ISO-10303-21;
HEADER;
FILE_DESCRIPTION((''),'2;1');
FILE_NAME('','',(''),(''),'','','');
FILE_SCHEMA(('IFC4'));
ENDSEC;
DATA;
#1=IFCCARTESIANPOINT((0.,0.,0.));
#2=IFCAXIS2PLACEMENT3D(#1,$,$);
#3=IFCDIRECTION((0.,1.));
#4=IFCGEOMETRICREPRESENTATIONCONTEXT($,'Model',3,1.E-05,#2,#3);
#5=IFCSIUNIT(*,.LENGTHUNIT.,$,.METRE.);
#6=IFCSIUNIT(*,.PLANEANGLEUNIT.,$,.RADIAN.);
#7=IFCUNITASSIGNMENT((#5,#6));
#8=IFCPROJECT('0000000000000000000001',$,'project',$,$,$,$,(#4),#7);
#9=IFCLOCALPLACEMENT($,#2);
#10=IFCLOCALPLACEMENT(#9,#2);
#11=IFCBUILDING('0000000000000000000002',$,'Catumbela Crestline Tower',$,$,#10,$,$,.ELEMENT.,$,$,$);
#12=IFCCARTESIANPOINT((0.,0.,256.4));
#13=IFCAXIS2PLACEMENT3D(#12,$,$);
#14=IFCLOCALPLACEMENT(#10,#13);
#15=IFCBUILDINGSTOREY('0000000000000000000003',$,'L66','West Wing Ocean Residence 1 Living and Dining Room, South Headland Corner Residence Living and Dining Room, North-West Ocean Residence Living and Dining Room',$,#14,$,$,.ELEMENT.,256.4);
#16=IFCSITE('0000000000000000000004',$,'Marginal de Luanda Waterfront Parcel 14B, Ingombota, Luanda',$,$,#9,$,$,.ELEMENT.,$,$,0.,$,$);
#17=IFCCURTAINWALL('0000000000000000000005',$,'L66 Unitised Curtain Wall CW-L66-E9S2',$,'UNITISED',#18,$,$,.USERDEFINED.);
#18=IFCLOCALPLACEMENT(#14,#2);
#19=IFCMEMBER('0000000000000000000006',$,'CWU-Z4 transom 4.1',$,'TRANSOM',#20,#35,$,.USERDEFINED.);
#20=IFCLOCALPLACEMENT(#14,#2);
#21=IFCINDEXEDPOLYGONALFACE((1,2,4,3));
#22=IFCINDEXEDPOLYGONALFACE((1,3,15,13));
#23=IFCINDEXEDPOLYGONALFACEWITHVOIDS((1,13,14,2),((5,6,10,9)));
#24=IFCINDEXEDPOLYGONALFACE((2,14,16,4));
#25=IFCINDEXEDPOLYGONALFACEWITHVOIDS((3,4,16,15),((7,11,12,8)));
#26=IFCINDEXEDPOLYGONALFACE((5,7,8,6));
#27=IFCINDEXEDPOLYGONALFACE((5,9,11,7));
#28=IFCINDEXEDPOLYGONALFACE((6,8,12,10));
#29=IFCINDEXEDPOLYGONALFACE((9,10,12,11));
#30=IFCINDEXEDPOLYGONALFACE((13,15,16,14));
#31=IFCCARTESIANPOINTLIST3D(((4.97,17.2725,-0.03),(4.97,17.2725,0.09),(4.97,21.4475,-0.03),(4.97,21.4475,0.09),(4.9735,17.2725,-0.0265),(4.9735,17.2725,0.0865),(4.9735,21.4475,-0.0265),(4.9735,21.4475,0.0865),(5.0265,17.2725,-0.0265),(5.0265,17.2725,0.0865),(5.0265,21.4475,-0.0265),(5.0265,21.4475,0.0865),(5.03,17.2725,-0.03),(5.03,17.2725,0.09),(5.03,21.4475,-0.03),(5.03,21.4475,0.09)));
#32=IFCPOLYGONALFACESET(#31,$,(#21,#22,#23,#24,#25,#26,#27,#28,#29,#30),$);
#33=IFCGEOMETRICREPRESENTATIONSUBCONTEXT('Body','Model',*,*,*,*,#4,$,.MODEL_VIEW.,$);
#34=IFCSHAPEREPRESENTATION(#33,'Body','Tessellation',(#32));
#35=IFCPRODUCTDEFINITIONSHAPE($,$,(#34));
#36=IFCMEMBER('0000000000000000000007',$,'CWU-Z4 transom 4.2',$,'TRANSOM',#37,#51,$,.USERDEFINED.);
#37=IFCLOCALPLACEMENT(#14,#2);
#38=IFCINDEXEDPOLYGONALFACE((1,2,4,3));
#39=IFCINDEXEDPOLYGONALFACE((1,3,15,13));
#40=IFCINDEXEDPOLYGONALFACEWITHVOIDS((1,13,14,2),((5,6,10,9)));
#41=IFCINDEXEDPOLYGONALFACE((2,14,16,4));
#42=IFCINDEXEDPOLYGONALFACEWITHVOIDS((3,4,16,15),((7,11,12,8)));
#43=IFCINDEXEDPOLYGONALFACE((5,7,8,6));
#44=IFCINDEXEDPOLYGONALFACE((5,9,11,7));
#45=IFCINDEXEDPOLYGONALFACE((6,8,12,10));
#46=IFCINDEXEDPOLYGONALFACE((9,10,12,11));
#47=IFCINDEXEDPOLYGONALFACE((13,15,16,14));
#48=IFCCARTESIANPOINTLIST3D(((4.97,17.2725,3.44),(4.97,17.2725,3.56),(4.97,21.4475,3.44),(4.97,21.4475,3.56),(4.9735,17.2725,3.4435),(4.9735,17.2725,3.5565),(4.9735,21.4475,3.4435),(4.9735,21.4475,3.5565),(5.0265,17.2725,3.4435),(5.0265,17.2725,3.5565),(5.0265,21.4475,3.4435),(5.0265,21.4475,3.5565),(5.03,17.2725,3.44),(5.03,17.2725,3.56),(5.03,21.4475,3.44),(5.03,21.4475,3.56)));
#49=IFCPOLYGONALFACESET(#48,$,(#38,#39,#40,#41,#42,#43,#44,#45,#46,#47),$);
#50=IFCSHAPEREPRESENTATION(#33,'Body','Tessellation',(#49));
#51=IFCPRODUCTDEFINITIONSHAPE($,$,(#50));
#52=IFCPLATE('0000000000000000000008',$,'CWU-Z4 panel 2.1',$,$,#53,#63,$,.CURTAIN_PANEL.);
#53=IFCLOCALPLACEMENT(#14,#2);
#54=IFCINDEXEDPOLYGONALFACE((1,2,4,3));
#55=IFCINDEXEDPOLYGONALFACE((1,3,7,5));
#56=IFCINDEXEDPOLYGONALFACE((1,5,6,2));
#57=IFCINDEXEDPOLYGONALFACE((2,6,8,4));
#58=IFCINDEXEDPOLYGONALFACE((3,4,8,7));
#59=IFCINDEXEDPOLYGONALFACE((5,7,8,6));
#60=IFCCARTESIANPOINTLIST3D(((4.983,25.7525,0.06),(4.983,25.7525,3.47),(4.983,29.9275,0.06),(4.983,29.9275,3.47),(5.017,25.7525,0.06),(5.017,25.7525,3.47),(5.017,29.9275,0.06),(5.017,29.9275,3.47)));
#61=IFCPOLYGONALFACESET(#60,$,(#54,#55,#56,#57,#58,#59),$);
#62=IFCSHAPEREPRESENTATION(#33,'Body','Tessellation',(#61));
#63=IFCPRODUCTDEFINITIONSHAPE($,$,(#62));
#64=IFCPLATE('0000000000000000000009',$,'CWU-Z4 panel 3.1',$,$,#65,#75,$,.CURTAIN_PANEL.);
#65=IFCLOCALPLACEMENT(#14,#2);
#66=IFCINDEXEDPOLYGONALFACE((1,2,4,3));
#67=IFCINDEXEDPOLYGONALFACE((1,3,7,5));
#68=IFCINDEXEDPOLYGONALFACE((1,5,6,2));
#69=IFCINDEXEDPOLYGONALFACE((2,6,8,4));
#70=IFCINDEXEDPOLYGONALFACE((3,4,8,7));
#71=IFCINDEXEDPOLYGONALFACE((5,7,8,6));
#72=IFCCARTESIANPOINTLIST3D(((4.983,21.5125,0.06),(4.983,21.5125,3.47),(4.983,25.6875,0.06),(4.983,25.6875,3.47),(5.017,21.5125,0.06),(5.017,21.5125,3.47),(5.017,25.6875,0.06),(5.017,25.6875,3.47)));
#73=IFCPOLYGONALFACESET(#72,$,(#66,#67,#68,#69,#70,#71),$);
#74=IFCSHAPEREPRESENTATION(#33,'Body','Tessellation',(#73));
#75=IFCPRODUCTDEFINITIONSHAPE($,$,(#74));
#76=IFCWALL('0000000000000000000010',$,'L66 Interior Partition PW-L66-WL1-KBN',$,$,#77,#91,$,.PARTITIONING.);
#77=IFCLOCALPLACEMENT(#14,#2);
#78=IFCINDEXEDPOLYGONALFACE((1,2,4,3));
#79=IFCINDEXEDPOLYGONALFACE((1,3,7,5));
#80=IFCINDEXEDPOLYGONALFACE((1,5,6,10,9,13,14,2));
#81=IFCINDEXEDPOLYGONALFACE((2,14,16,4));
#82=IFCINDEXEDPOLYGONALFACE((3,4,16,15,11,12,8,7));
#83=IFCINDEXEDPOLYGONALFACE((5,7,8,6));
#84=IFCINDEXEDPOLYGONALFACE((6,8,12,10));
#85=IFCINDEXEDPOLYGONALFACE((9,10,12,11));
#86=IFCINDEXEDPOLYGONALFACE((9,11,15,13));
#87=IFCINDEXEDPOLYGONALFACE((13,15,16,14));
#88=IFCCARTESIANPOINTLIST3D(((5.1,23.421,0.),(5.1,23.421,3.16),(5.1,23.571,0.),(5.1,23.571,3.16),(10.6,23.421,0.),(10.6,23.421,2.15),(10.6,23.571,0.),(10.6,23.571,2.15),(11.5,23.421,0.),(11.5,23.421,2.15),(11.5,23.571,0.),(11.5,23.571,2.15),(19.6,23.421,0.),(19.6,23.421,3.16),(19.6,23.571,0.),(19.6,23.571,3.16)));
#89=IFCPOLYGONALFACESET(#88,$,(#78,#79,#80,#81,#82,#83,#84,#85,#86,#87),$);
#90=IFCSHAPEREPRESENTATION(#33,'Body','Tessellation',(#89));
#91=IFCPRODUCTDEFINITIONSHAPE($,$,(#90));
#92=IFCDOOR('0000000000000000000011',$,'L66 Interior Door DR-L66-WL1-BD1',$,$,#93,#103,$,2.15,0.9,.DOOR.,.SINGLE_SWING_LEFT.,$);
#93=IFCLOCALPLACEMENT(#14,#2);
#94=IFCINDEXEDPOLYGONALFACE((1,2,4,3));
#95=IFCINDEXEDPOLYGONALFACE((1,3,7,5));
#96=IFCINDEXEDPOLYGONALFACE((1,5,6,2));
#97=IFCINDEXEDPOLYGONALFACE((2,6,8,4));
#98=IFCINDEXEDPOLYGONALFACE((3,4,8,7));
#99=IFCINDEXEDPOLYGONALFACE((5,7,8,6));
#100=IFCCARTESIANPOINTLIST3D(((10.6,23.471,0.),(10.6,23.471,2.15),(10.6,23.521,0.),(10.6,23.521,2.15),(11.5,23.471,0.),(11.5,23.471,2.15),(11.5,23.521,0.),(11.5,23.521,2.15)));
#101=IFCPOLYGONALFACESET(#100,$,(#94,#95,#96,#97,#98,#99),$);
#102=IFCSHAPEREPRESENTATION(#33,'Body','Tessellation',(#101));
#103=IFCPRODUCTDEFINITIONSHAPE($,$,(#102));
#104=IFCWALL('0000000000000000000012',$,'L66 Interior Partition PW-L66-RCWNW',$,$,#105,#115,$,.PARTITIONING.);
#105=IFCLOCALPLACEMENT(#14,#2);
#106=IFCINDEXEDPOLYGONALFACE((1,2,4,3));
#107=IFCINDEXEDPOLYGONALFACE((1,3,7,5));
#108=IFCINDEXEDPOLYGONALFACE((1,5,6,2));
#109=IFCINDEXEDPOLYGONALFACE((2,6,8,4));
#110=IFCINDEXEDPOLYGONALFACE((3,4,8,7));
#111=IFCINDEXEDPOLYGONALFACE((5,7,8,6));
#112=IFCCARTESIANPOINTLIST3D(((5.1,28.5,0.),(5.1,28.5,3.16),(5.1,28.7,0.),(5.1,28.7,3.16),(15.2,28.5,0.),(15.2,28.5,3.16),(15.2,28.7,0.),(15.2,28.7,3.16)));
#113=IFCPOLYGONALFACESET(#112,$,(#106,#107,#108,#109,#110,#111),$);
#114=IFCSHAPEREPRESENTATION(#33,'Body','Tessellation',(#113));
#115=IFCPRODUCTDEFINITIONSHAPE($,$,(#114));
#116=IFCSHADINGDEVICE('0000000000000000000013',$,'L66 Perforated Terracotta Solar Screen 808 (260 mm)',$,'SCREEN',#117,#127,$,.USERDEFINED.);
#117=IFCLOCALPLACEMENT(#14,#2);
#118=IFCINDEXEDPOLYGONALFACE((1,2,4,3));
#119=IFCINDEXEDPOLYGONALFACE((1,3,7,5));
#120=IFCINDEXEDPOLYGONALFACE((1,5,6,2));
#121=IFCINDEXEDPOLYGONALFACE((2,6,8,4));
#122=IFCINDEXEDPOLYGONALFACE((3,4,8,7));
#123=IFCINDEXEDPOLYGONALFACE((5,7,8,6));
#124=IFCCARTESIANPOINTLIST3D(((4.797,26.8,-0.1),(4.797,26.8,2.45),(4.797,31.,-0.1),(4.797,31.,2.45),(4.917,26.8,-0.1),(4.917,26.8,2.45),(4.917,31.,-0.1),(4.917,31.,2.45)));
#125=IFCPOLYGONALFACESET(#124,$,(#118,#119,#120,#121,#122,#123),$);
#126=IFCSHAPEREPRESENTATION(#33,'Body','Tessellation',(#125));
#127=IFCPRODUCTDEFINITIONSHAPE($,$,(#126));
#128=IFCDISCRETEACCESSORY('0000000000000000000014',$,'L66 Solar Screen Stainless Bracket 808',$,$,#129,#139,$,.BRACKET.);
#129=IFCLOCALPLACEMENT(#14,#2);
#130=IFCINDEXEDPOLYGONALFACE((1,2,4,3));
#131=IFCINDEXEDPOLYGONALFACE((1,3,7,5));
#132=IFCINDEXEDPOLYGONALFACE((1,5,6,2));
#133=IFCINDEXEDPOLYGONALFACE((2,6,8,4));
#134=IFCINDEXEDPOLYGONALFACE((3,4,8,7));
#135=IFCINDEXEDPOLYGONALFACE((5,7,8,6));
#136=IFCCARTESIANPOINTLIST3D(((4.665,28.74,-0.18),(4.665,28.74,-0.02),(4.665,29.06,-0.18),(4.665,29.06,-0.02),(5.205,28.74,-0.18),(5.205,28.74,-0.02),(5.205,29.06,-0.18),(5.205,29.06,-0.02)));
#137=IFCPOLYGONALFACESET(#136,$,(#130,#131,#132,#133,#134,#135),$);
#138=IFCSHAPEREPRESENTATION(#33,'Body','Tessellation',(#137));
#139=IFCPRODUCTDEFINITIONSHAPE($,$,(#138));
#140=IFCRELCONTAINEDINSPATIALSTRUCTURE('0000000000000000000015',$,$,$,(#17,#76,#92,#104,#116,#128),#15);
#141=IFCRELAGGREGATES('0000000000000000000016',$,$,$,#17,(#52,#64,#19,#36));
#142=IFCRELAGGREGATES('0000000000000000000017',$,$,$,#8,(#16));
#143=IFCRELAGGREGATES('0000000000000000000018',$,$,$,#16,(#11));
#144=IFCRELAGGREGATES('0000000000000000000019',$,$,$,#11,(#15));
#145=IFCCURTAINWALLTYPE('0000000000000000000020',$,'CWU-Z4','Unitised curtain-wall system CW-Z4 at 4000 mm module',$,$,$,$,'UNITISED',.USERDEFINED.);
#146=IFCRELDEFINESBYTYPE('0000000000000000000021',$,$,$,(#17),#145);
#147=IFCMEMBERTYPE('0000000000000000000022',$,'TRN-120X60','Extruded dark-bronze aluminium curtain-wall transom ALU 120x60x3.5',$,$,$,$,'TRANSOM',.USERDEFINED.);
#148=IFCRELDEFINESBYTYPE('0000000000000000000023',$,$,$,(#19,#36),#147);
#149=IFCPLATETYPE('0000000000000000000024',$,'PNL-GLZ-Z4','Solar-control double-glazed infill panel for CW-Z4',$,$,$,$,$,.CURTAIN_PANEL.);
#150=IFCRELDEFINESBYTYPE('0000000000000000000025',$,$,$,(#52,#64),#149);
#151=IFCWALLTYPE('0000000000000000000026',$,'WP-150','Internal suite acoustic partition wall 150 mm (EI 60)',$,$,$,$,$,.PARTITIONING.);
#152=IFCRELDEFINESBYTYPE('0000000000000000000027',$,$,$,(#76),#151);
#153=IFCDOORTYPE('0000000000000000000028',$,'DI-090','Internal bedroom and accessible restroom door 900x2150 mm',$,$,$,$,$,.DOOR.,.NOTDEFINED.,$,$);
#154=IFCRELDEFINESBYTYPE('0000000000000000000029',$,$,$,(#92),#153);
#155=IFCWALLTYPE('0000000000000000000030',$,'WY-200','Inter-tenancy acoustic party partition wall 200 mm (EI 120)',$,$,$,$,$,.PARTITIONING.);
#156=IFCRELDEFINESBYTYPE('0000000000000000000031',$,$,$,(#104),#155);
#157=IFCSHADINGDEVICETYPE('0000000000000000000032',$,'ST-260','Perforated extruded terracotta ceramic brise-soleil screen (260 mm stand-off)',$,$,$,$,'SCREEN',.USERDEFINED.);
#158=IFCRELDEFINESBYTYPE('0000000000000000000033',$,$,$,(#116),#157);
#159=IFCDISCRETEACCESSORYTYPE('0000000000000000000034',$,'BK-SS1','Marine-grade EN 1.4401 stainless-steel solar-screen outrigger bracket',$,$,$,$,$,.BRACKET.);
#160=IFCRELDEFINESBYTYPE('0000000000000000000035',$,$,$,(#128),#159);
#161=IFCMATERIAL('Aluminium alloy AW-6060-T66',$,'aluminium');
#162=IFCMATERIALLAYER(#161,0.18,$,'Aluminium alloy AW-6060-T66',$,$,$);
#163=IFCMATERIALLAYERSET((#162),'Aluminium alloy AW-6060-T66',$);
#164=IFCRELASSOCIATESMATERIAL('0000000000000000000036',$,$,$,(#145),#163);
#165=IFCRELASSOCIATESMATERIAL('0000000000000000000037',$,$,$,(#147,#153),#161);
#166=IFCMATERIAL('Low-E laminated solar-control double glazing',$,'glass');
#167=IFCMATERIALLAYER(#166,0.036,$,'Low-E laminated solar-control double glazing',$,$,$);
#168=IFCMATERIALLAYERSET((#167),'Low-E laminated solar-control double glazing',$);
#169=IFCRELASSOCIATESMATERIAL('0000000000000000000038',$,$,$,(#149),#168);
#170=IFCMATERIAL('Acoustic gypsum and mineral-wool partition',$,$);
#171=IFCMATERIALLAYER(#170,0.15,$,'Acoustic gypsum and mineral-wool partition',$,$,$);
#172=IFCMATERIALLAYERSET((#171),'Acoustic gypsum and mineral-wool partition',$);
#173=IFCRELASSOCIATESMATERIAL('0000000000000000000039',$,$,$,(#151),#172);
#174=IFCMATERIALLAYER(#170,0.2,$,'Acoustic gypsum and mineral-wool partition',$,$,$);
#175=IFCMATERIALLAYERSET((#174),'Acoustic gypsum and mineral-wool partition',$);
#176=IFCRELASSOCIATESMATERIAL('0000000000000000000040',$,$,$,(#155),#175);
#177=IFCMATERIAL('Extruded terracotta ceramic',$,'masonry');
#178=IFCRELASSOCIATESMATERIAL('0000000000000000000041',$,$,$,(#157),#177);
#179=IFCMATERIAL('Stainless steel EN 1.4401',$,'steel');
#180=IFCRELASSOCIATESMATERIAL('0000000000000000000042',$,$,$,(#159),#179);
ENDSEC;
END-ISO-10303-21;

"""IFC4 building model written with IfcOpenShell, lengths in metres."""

from ifc_helpers import new_model, si_unit, direction, frame, frame_2d, origin, origin_2d, place, context, subcontext, project, spatial, rectangle, hollow_rectangle, extrude, material, layer, layer_set, material_profile, profile_set, type_object, element, fill, aggregate, save


model = new_model("IFC4")

# Units and contexts
model_context = context("Model", 3, precision=1e-05, world=origin(), true_north=direction((0.0, 1.0)))
body_context = subcontext(model_context, "Body", "Model", "MODEL_VIEW")
ifc_project = project(units=[si_unit("LENGTHUNIT", "METRE"), si_unit("PLANEANGLEUNIT", "RADIAN")], contexts=[model_context])

# Site, building, storey
site_placement = place(None, origin())
site = spatial("IfcSite", under=ifc_project, at=site_placement, Name="Marginal de Luanda Waterfront Parcel 14B, Ingombota, Luanda", CompositionType="ELEMENT", RefElevation=0.0)
building_placement = place(site_placement, origin())
building = spatial("IfcBuilding", under=site, at=building_placement, Name="Catumbela Crestline Tower", CompositionType="ELEMENT")
storey_placement = place(building_placement, frame((0.0, 0.0, 256.4)))
storey = spatial("IfcBuildingStorey", under=building, at=storey_placement, Name="L66", Description="West Wing Ocean Residence 1 Living and Dining Room, South Headland Corner Residence Living and Dining Room, North-West Ocean Residence Living and Dining Room", CompositionType="ELEMENT", Elevation=256.4)

# Curtain wall
ifc_material_1 = material(Name="Aluminium alloy AW-6060-T66", Category="aluminium")
ifc_layer_1 = layer(ifc_material_1, 0.18, Name="Aluminium alloy AW-6060-T66")
ifc_layer_set_1 = layer_set([ifc_layer_1], Name="Aluminium alloy AW-6060-T66")
curtain_wall_type = type_object("IfcCurtainWallType", Name="CWU-Z4", Description="Unitised curtain-wall system CW-Z4 at 4000 mm module", ElementType="UNITISED", PredefinedType="USERDEFINED", material=ifc_layer_set_1)
curtain_wall_placement = place(storey_placement, origin())
curtain_wall = element("IfcCurtainWall", 1, at=curtain_wall_placement, inside=storey, type_object=curtain_wall_type, Name="L66 Unitised Curtain Wall CW-L66-E9S2", ObjectType="UNITISED", PredefinedType="USERDEFINED")

# Members
ifc_material_profile_1 = material_profile(ifc_material_1, hollow_rectangle(XDim=0.06, YDim=0.12, WallThickness=0.0035, at=origin_2d()), Name="ALU 120x60x3.5")
ifc_profile_set_1 = profile_set([ifc_material_profile_1], Name="Aluminium alloy AW-6060-T66")
member_type_1 = type_object("IfcMemberType", Name="TRN-120X60", Description="Extruded dark-bronze aluminium curtain-wall transom ALU 120x60x3.5", ElementType="TRANSOM", PredefinedType="USERDEFINED", material=ifc_profile_set_1)
member_1_placement = place(storey_placement, frame((5.0, 21.4475, 0.03), z_axis=(0.0, -1.0, 0.0), x_axis=(1.0, 0.0, 0.0)))
member_1 = element("IfcMember", 2, at=member_1_placement, type_object=member_type_1, Name="CWU-Z4 transom 4.1", ObjectType="TRANSOM", PredefinedType="USERDEFINED", context=body_context, shape_type="SweptSolid", body=[
    extrude(hollow_rectangle(XDim=0.06, YDim=0.12, WallThickness=0.0035, at=origin_2d()), origin(), (0.0, 0.0, 1.0), 4.175),
])
member_2_placement = place(storey_placement, frame((5.0, 21.4475, 3.5), z_axis=(0.0, -1.0, 0.0), x_axis=(1.0, 0.0, 0.0)))
member_2 = element("IfcMember", 3, at=member_2_placement, type_object=member_type_1, Name="CWU-Z4 transom 4.2", ObjectType="TRANSOM", PredefinedType="USERDEFINED", context=body_context, shape_type="SweptSolid", body=[
    extrude(hollow_rectangle(XDim=0.06, YDim=0.12, WallThickness=0.0035, at=origin_2d()), origin(), (0.0, 0.0, 1.0), 4.175),
])

# Plates
ifc_material_2 = material(Name="Low-E laminated solar-control double glazing", Category="glass")
ifc_layer_2 = layer(ifc_material_2, 0.036, Name="Low-E laminated solar-control double glazing")
ifc_layer_set_2 = layer_set([ifc_layer_2], Name="Low-E laminated solar-control double glazing")
plate_type = type_object("IfcPlateType", Name="PNL-GLZ-Z4", Description="Solar-control double-glazed infill panel for CW-Z4", PredefinedType="CURTAIN_PANEL", material=ifc_layer_set_2)
plate_1_placement = place(storey_placement, frame((5.0, 27.84, 0.06), z_axis=(0.0, 0.0, 1.0), x_axis=(0.0, -1.0, 0.0)))
plate_1 = element("IfcPlate", 4, at=plate_1_placement, type_object=plate_type, Name="CWU-Z4 panel 2.1", PredefinedType="CURTAIN_PANEL", context=body_context, shape_type="SweptSolid", body=[
    extrude(rectangle(XDim=4.175, YDim=0.034, at=origin_2d()), origin(), (0.0, 0.0, 1.0), 3.41),
])
plate_2_placement = place(storey_placement, frame((5.0, 23.6, 0.06), z_axis=(0.0, 0.0, 1.0), x_axis=(0.0, -1.0, 0.0)))
plate_2 = element("IfcPlate", 5, at=plate_2_placement, type_object=plate_type, Name="CWU-Z4 panel 3.1", PredefinedType="CURTAIN_PANEL", context=body_context, shape_type="SweptSolid", body=[
    extrude(rectangle(XDim=4.175, YDim=0.034, at=origin_2d()), origin(), (0.0, 0.0, 1.0), 3.41),
])
aggregate(curtain_wall, [plate_1, plate_2, member_1, member_2])

# Wall, opening, door
ifc_material_3 = material(Name="Acoustic gypsum and mineral-wool partition")
ifc_layer_3 = layer(ifc_material_3, 0.15, Name="Acoustic gypsum and mineral-wool partition")
ifc_layer_set_3 = layer_set([ifc_layer_3], Name="Acoustic gypsum and mineral-wool partition")
wall_type_1 = type_object("IfcWallType", Name="WP-150", Description="Internal suite acoustic partition wall 150 mm (EI 60)", PredefinedType="PARTITIONING", material=ifc_layer_set_3)
wall_1_placement = place(storey_placement, frame((5.1, 23.496, 0.0), z_axis=(0.0, 0.0, 1.0), x_axis=(1.0, 0.0, 0.0)))
wall_1 = element("IfcWall", 6, at=wall_1_placement, inside=storey, type_object=wall_type_1, Name="L66 Interior Partition PW-L66-WL1-KBN", PredefinedType="PARTITIONING", context=body_context, shape_type="SweptSolid", body=[
    extrude(rectangle(XDim=14.5, YDim=0.15, at=frame_2d((7.25, 0.0))), origin(), (0.0, 0.0, 1.0), 3.16),
])
opening_placement = place(wall_1_placement, frame((5.5, 0.0, 0.0)))
opening = element("IfcOpeningElement", 7, at=opening_placement, cuts=wall_1, PredefinedType="OPENING", context=body_context, shape_type="SweptSolid", body=[
    extrude(rectangle(XDim=0.9, YDim=2.15, at=frame_2d((0.45, 1.075))), frame((0.0, 0.085, 0.0), z_axis=(0.0, -1.0, 0.0), x_axis=(1.0, 0.0, 0.0)), (0.0, 0.0, 1.0), 0.17),
])
door_type = type_object("IfcDoorType", Name="DI-090", Description="Internal bedroom and accessible restroom door 900x2150 mm", OperationType="NOTDEFINED", PredefinedType="DOOR", material=ifc_material_1)
door_placement = place(opening_placement, origin())
door = element("IfcDoor", 8, at=door_placement, inside=storey, type_object=door_type, Name="L66 Interior Door DR-L66-WL1-BD1", OperationType="SINGLE_SWING_LEFT", OverallHeight=2.15, OverallWidth=0.9, PredefinedType="DOOR", context=body_context, shape_type="SweptSolid", body=[
    extrude(rectangle(XDim=0.9, YDim=2.15, at=frame_2d((0.45, 1.075))), frame((0.0, 0.025, 0.0), z_axis=(0.0, -1.0, 0.0), x_axis=(1.0, 0.0, 0.0)), (0.0, 0.0, 1.0), 0.05),
])
fill(opening, door)

# Wall
ifc_layer_4 = layer(ifc_material_3, 0.2, Name="Acoustic gypsum and mineral-wool partition")
ifc_layer_set_4 = layer_set([ifc_layer_4], Name="Acoustic gypsum and mineral-wool partition")
wall_type_2 = type_object("IfcWallType", Name="WY-200", Description="Inter-tenancy acoustic party partition wall 200 mm (EI 120)", PredefinedType="PARTITIONING", material=ifc_layer_set_4)
wall_2_placement = place(storey_placement, frame((5.1, 28.6, 0.0), z_axis=(0.0, 0.0, 1.0), x_axis=(1.0, 0.0, 0.0)))
element("IfcWall", 9, at=wall_2_placement, inside=storey, type_object=wall_type_2, Name="L66 Interior Partition PW-L66-RCWNW", PredefinedType="PARTITIONING", context=body_context, shape_type="SweptSolid", body=[
    extrude(rectangle(XDim=10.1, YDim=0.2, at=frame_2d((5.05, 0.0))), origin(), (0.0, 0.0, 1.0), 3.16),
])

# Shading device
ifc_material_4 = material(Name="Extruded terracotta ceramic", Category="masonry")
shading_device_type = type_object("IfcShadingDeviceType", Name="ST-260", Description="Perforated extruded terracotta ceramic brise-soleil screen (260 mm stand-off)", ElementType="SCREEN", PredefinedType="USERDEFINED", material=ifc_material_4)
shading_device_placement = place(storey_placement, frame((4.857, 28.9, -0.1), z_axis=(0.0, 0.0, 1.0), x_axis=(0.0, -1.0, 0.0)))
element("IfcShadingDevice", 10, at=shading_device_placement, inside=storey, type_object=shading_device_type, Name="L66 Perforated Terracotta Solar Screen 808 (260 mm)", ObjectType="SCREEN", PredefinedType="USERDEFINED", context=body_context, shape_type="SweptSolid", body=[
    extrude(rectangle(XDim=4.2, YDim=0.12, at=origin_2d()), origin(), (0.0, 0.0, 1.0), 2.55),
])

# Discrete accessory
ifc_material_5 = material(Name="Stainless steel EN 1.4401", Category="steel")
discrete_accessory_type = type_object("IfcDiscreteAccessoryType", Name="BK-SS1", Description="Marine-grade EN 1.4401 stainless-steel solar-screen outrigger bracket", PredefinedType="BRACKET", material=ifc_material_5)
discrete_accessory_placement = place(storey_placement, frame((4.935, 28.9, -0.18), z_axis=(0.0, 0.0, 1.0), x_axis=(0.0, -1.0, 0.0)))
element("IfcDiscreteAccessory", 11, at=discrete_accessory_placement, inside=storey, type_object=discrete_accessory_type, Name="L66 Solar Screen Stainless Bracket 808", PredefinedType="BRACKET", context=body_context, shape_type="SweptSolid", body=[
    extrude(rectangle(XDim=0.32, YDim=0.54, at=origin_2d()), origin(), (0.0, 0.0, 1.0), 0.16),
])

save(model, "model.ifc")
